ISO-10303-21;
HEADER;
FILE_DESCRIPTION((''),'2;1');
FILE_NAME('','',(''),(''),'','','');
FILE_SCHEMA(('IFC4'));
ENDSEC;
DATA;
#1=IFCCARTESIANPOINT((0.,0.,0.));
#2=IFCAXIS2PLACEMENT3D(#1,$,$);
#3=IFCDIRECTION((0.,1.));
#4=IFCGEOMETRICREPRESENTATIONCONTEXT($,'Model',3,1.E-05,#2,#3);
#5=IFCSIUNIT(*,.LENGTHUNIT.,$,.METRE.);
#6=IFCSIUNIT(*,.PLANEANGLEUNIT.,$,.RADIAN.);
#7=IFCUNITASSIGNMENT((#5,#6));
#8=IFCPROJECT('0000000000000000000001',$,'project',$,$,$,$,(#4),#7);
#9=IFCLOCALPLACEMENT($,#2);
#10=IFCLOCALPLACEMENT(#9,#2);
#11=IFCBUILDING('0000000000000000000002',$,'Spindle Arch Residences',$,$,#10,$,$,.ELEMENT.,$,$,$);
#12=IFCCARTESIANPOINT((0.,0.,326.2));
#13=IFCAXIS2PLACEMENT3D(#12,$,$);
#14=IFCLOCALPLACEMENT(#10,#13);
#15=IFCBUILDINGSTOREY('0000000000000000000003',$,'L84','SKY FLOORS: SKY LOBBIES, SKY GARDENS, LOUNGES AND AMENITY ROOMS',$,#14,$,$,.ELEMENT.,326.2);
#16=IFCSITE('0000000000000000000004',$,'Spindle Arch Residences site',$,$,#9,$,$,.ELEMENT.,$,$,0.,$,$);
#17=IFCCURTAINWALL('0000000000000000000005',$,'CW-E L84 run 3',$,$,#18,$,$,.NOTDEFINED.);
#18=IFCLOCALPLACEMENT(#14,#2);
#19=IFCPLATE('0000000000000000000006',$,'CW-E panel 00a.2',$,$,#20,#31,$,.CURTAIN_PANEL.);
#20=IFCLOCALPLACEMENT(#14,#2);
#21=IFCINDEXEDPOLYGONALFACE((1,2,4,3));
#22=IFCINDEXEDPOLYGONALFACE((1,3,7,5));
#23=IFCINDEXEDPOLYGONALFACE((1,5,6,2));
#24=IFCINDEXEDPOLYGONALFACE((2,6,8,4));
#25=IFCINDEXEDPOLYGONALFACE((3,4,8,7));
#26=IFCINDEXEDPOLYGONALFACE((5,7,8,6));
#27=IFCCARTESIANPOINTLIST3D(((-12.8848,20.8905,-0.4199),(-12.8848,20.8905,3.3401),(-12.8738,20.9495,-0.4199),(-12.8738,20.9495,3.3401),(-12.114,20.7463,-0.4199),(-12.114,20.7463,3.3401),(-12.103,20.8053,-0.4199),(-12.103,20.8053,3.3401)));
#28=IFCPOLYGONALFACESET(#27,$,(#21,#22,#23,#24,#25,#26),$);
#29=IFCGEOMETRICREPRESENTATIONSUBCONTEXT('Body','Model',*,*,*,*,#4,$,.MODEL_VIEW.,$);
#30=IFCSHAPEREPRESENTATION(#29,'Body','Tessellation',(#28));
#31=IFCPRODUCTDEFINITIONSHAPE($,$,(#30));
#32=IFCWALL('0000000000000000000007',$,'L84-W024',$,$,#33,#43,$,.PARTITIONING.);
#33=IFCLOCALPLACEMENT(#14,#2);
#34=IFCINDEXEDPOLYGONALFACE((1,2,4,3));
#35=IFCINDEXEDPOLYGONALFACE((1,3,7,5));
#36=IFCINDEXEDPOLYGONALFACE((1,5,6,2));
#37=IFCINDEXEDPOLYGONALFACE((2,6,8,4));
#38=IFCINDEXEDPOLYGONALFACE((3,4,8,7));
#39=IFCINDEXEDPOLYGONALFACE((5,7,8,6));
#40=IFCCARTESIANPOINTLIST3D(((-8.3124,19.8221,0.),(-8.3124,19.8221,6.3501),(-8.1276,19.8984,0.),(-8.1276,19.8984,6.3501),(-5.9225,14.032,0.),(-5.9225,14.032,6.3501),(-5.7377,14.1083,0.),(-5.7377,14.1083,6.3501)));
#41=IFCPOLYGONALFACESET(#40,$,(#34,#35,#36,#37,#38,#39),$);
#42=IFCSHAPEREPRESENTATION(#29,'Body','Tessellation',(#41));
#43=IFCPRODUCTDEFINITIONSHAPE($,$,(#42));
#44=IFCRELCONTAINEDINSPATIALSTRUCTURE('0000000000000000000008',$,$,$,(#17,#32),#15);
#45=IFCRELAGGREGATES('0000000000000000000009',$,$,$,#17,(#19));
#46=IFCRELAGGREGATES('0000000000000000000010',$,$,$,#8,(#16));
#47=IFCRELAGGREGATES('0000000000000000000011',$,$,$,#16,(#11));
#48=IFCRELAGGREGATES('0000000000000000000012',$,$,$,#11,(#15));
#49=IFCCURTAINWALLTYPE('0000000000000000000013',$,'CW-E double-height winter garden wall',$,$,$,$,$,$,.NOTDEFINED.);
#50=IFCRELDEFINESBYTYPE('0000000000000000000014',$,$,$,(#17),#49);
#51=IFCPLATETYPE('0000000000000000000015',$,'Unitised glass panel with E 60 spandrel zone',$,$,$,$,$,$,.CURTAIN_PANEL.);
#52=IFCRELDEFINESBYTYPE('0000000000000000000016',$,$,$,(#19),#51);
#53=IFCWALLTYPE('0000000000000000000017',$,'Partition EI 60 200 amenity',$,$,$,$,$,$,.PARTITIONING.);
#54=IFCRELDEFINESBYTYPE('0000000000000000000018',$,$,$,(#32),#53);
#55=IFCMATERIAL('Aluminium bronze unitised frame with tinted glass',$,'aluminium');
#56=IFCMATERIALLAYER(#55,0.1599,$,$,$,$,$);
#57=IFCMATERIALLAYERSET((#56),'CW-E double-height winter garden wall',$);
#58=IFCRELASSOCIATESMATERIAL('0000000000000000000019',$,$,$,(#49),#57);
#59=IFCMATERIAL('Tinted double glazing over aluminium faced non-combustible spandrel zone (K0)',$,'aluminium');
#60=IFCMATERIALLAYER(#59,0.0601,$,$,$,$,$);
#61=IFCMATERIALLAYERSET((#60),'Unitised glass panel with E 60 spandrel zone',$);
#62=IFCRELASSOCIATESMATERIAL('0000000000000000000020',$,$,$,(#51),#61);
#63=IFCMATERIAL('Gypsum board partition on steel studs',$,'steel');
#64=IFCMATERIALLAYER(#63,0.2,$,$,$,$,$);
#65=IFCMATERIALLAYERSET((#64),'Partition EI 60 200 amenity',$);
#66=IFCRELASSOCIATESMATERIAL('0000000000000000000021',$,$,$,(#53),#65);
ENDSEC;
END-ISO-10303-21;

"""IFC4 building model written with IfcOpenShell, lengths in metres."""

from ifc_helpers import new_model, si_unit, direction, frame, frame_2d, origin, origin_2d, place, context, subcontext, project, spatial, rectangle, extrude, material, layer, layer_set, type_object, element, aggregate, save


model = new_model("IFC4")

# Units and contexts
model_context = context("Model", 3, precision=1e-05, world=origin(), true_north=direction((0.0, 1.0)))
body_context = subcontext(model_context, "Body", "Model", "MODEL_VIEW")
ifc_project = project(units=[si_unit("LENGTHUNIT", "METRE"), si_unit("PLANEANGLEUNIT", "RADIAN")], contexts=[model_context])

# Site, building, storey
site_placement = place(None, origin())
site = spatial("IfcSite", under=ifc_project, at=site_placement, Name="Spindle Arch Residences site", CompositionType="ELEMENT", RefElevation=0.0)
building_placement = place(site_placement, origin())
building = spatial("IfcBuilding", under=site, at=building_placement, Name="Spindle Arch Residences", CompositionType="ELEMENT")
storey_placement = place(building_placement, frame((0.0, 0.0, 326.2)))
storey = spatial("IfcBuildingStorey", under=building, at=storey_placement, Name="L84", Description="SKY FLOORS: SKY LOBBIES, SKY GARDENS, LOUNGES AND AMENITY ROOMS", CompositionType="ELEMENT", Elevation=326.2)

# Curtain wall
ifc_material_1 = material(Name="Aluminium bronze unitised frame with tinted glass", Category="aluminium")
ifc_layer_1 = layer(ifc_material_1, 0.1599)
ifc_layer_set_1 = layer_set([ifc_layer_1], Name="CW-E double-height winter garden wall")
curtain_wall_type = type_object("IfcCurtainWallType", Name="CW-E double-height winter garden wall", PredefinedType="NOTDEFINED", material=ifc_layer_set_1)
curtain_wall_1_placement = place(storey_placement, origin())
curtain_wall_1 = element("IfcCurtainWall", 1, at=curtain_wall_1_placement, inside=storey, type_object=curtain_wall_type, Name="CW-E L84 run 3", PredefinedType="NOTDEFINED")

# Plate
ifc_material_2 = material(Name="Tinted double glazing over aluminium faced non-combustible spandrel zone (K0)", Category="aluminium")
ifc_layer_2 = layer(ifc_material_2, 0.0601)
ifc_layer_set_2 = layer_set([ifc_layer_2], Name="Unitised glass panel with E 60 spandrel zone")
plate_type_1 = type_object("IfcPlateType", Name="Unitised glass panel with E 60 spandrel zone", PredefinedType="CURTAIN_PANEL", material=ifc_layer_set_2)
plate_1_placement = place(storey_placement, frame((-12.4939, 20.8479, -0.4199), z_axis=(0.0, 0.0, 1.0), x_axis=(-0.982957, 0.183837, 0.0)))
plate_1 = element("IfcPlate", 2, at=plate_1_placement, type_object=plate_type_1, Name="CW-E panel 00a.2", PredefinedType="CURTAIN_PANEL", context=body_context, shape_type="SweptSolid", body=[
    extrude(rectangle(XDim=0.7842, YDim=0.0601, at=origin_2d()), origin(), (0.0, 0.0, 1.0), 3.76),
])
aggregate(curtain_wall_1, [plate_1])

# Wall
ifc_material_3 = material(Name="Gypsum board partition on steel studs", Category="steel")
ifc_layer_3 = layer(ifc_material_3, 0.2)
ifc_layer_set_3 = layer_set([ifc_layer_3], Name="Partition EI 60 200 amenity")
wall_type = type_object("IfcWallType", Name="Partition EI 60 200 amenity", PredefinedType="PARTITIONING", material=ifc_layer_set_3)
wall_placement = place(storey_placement, frame((-8.22, 19.8601, 0.0), z_axis=(0.0, 0.0, 1.0), x_axis=(0.381536, -0.924354, 0.0)))
element("IfcWall", 3, at=wall_placement, inside=storey, type_object=wall_type, Name="L84-W024", PredefinedType="PARTITIONING", context=body_context, shape_type="SweptSolid", body=[
    extrude(rectangle(XDim=6.2639, YDim=0.2, at=frame_2d((3.1318, 0.0))), origin(), (0.0, 0.0, 1.0), 6.3501),
])

save(model, "model.ifc")
